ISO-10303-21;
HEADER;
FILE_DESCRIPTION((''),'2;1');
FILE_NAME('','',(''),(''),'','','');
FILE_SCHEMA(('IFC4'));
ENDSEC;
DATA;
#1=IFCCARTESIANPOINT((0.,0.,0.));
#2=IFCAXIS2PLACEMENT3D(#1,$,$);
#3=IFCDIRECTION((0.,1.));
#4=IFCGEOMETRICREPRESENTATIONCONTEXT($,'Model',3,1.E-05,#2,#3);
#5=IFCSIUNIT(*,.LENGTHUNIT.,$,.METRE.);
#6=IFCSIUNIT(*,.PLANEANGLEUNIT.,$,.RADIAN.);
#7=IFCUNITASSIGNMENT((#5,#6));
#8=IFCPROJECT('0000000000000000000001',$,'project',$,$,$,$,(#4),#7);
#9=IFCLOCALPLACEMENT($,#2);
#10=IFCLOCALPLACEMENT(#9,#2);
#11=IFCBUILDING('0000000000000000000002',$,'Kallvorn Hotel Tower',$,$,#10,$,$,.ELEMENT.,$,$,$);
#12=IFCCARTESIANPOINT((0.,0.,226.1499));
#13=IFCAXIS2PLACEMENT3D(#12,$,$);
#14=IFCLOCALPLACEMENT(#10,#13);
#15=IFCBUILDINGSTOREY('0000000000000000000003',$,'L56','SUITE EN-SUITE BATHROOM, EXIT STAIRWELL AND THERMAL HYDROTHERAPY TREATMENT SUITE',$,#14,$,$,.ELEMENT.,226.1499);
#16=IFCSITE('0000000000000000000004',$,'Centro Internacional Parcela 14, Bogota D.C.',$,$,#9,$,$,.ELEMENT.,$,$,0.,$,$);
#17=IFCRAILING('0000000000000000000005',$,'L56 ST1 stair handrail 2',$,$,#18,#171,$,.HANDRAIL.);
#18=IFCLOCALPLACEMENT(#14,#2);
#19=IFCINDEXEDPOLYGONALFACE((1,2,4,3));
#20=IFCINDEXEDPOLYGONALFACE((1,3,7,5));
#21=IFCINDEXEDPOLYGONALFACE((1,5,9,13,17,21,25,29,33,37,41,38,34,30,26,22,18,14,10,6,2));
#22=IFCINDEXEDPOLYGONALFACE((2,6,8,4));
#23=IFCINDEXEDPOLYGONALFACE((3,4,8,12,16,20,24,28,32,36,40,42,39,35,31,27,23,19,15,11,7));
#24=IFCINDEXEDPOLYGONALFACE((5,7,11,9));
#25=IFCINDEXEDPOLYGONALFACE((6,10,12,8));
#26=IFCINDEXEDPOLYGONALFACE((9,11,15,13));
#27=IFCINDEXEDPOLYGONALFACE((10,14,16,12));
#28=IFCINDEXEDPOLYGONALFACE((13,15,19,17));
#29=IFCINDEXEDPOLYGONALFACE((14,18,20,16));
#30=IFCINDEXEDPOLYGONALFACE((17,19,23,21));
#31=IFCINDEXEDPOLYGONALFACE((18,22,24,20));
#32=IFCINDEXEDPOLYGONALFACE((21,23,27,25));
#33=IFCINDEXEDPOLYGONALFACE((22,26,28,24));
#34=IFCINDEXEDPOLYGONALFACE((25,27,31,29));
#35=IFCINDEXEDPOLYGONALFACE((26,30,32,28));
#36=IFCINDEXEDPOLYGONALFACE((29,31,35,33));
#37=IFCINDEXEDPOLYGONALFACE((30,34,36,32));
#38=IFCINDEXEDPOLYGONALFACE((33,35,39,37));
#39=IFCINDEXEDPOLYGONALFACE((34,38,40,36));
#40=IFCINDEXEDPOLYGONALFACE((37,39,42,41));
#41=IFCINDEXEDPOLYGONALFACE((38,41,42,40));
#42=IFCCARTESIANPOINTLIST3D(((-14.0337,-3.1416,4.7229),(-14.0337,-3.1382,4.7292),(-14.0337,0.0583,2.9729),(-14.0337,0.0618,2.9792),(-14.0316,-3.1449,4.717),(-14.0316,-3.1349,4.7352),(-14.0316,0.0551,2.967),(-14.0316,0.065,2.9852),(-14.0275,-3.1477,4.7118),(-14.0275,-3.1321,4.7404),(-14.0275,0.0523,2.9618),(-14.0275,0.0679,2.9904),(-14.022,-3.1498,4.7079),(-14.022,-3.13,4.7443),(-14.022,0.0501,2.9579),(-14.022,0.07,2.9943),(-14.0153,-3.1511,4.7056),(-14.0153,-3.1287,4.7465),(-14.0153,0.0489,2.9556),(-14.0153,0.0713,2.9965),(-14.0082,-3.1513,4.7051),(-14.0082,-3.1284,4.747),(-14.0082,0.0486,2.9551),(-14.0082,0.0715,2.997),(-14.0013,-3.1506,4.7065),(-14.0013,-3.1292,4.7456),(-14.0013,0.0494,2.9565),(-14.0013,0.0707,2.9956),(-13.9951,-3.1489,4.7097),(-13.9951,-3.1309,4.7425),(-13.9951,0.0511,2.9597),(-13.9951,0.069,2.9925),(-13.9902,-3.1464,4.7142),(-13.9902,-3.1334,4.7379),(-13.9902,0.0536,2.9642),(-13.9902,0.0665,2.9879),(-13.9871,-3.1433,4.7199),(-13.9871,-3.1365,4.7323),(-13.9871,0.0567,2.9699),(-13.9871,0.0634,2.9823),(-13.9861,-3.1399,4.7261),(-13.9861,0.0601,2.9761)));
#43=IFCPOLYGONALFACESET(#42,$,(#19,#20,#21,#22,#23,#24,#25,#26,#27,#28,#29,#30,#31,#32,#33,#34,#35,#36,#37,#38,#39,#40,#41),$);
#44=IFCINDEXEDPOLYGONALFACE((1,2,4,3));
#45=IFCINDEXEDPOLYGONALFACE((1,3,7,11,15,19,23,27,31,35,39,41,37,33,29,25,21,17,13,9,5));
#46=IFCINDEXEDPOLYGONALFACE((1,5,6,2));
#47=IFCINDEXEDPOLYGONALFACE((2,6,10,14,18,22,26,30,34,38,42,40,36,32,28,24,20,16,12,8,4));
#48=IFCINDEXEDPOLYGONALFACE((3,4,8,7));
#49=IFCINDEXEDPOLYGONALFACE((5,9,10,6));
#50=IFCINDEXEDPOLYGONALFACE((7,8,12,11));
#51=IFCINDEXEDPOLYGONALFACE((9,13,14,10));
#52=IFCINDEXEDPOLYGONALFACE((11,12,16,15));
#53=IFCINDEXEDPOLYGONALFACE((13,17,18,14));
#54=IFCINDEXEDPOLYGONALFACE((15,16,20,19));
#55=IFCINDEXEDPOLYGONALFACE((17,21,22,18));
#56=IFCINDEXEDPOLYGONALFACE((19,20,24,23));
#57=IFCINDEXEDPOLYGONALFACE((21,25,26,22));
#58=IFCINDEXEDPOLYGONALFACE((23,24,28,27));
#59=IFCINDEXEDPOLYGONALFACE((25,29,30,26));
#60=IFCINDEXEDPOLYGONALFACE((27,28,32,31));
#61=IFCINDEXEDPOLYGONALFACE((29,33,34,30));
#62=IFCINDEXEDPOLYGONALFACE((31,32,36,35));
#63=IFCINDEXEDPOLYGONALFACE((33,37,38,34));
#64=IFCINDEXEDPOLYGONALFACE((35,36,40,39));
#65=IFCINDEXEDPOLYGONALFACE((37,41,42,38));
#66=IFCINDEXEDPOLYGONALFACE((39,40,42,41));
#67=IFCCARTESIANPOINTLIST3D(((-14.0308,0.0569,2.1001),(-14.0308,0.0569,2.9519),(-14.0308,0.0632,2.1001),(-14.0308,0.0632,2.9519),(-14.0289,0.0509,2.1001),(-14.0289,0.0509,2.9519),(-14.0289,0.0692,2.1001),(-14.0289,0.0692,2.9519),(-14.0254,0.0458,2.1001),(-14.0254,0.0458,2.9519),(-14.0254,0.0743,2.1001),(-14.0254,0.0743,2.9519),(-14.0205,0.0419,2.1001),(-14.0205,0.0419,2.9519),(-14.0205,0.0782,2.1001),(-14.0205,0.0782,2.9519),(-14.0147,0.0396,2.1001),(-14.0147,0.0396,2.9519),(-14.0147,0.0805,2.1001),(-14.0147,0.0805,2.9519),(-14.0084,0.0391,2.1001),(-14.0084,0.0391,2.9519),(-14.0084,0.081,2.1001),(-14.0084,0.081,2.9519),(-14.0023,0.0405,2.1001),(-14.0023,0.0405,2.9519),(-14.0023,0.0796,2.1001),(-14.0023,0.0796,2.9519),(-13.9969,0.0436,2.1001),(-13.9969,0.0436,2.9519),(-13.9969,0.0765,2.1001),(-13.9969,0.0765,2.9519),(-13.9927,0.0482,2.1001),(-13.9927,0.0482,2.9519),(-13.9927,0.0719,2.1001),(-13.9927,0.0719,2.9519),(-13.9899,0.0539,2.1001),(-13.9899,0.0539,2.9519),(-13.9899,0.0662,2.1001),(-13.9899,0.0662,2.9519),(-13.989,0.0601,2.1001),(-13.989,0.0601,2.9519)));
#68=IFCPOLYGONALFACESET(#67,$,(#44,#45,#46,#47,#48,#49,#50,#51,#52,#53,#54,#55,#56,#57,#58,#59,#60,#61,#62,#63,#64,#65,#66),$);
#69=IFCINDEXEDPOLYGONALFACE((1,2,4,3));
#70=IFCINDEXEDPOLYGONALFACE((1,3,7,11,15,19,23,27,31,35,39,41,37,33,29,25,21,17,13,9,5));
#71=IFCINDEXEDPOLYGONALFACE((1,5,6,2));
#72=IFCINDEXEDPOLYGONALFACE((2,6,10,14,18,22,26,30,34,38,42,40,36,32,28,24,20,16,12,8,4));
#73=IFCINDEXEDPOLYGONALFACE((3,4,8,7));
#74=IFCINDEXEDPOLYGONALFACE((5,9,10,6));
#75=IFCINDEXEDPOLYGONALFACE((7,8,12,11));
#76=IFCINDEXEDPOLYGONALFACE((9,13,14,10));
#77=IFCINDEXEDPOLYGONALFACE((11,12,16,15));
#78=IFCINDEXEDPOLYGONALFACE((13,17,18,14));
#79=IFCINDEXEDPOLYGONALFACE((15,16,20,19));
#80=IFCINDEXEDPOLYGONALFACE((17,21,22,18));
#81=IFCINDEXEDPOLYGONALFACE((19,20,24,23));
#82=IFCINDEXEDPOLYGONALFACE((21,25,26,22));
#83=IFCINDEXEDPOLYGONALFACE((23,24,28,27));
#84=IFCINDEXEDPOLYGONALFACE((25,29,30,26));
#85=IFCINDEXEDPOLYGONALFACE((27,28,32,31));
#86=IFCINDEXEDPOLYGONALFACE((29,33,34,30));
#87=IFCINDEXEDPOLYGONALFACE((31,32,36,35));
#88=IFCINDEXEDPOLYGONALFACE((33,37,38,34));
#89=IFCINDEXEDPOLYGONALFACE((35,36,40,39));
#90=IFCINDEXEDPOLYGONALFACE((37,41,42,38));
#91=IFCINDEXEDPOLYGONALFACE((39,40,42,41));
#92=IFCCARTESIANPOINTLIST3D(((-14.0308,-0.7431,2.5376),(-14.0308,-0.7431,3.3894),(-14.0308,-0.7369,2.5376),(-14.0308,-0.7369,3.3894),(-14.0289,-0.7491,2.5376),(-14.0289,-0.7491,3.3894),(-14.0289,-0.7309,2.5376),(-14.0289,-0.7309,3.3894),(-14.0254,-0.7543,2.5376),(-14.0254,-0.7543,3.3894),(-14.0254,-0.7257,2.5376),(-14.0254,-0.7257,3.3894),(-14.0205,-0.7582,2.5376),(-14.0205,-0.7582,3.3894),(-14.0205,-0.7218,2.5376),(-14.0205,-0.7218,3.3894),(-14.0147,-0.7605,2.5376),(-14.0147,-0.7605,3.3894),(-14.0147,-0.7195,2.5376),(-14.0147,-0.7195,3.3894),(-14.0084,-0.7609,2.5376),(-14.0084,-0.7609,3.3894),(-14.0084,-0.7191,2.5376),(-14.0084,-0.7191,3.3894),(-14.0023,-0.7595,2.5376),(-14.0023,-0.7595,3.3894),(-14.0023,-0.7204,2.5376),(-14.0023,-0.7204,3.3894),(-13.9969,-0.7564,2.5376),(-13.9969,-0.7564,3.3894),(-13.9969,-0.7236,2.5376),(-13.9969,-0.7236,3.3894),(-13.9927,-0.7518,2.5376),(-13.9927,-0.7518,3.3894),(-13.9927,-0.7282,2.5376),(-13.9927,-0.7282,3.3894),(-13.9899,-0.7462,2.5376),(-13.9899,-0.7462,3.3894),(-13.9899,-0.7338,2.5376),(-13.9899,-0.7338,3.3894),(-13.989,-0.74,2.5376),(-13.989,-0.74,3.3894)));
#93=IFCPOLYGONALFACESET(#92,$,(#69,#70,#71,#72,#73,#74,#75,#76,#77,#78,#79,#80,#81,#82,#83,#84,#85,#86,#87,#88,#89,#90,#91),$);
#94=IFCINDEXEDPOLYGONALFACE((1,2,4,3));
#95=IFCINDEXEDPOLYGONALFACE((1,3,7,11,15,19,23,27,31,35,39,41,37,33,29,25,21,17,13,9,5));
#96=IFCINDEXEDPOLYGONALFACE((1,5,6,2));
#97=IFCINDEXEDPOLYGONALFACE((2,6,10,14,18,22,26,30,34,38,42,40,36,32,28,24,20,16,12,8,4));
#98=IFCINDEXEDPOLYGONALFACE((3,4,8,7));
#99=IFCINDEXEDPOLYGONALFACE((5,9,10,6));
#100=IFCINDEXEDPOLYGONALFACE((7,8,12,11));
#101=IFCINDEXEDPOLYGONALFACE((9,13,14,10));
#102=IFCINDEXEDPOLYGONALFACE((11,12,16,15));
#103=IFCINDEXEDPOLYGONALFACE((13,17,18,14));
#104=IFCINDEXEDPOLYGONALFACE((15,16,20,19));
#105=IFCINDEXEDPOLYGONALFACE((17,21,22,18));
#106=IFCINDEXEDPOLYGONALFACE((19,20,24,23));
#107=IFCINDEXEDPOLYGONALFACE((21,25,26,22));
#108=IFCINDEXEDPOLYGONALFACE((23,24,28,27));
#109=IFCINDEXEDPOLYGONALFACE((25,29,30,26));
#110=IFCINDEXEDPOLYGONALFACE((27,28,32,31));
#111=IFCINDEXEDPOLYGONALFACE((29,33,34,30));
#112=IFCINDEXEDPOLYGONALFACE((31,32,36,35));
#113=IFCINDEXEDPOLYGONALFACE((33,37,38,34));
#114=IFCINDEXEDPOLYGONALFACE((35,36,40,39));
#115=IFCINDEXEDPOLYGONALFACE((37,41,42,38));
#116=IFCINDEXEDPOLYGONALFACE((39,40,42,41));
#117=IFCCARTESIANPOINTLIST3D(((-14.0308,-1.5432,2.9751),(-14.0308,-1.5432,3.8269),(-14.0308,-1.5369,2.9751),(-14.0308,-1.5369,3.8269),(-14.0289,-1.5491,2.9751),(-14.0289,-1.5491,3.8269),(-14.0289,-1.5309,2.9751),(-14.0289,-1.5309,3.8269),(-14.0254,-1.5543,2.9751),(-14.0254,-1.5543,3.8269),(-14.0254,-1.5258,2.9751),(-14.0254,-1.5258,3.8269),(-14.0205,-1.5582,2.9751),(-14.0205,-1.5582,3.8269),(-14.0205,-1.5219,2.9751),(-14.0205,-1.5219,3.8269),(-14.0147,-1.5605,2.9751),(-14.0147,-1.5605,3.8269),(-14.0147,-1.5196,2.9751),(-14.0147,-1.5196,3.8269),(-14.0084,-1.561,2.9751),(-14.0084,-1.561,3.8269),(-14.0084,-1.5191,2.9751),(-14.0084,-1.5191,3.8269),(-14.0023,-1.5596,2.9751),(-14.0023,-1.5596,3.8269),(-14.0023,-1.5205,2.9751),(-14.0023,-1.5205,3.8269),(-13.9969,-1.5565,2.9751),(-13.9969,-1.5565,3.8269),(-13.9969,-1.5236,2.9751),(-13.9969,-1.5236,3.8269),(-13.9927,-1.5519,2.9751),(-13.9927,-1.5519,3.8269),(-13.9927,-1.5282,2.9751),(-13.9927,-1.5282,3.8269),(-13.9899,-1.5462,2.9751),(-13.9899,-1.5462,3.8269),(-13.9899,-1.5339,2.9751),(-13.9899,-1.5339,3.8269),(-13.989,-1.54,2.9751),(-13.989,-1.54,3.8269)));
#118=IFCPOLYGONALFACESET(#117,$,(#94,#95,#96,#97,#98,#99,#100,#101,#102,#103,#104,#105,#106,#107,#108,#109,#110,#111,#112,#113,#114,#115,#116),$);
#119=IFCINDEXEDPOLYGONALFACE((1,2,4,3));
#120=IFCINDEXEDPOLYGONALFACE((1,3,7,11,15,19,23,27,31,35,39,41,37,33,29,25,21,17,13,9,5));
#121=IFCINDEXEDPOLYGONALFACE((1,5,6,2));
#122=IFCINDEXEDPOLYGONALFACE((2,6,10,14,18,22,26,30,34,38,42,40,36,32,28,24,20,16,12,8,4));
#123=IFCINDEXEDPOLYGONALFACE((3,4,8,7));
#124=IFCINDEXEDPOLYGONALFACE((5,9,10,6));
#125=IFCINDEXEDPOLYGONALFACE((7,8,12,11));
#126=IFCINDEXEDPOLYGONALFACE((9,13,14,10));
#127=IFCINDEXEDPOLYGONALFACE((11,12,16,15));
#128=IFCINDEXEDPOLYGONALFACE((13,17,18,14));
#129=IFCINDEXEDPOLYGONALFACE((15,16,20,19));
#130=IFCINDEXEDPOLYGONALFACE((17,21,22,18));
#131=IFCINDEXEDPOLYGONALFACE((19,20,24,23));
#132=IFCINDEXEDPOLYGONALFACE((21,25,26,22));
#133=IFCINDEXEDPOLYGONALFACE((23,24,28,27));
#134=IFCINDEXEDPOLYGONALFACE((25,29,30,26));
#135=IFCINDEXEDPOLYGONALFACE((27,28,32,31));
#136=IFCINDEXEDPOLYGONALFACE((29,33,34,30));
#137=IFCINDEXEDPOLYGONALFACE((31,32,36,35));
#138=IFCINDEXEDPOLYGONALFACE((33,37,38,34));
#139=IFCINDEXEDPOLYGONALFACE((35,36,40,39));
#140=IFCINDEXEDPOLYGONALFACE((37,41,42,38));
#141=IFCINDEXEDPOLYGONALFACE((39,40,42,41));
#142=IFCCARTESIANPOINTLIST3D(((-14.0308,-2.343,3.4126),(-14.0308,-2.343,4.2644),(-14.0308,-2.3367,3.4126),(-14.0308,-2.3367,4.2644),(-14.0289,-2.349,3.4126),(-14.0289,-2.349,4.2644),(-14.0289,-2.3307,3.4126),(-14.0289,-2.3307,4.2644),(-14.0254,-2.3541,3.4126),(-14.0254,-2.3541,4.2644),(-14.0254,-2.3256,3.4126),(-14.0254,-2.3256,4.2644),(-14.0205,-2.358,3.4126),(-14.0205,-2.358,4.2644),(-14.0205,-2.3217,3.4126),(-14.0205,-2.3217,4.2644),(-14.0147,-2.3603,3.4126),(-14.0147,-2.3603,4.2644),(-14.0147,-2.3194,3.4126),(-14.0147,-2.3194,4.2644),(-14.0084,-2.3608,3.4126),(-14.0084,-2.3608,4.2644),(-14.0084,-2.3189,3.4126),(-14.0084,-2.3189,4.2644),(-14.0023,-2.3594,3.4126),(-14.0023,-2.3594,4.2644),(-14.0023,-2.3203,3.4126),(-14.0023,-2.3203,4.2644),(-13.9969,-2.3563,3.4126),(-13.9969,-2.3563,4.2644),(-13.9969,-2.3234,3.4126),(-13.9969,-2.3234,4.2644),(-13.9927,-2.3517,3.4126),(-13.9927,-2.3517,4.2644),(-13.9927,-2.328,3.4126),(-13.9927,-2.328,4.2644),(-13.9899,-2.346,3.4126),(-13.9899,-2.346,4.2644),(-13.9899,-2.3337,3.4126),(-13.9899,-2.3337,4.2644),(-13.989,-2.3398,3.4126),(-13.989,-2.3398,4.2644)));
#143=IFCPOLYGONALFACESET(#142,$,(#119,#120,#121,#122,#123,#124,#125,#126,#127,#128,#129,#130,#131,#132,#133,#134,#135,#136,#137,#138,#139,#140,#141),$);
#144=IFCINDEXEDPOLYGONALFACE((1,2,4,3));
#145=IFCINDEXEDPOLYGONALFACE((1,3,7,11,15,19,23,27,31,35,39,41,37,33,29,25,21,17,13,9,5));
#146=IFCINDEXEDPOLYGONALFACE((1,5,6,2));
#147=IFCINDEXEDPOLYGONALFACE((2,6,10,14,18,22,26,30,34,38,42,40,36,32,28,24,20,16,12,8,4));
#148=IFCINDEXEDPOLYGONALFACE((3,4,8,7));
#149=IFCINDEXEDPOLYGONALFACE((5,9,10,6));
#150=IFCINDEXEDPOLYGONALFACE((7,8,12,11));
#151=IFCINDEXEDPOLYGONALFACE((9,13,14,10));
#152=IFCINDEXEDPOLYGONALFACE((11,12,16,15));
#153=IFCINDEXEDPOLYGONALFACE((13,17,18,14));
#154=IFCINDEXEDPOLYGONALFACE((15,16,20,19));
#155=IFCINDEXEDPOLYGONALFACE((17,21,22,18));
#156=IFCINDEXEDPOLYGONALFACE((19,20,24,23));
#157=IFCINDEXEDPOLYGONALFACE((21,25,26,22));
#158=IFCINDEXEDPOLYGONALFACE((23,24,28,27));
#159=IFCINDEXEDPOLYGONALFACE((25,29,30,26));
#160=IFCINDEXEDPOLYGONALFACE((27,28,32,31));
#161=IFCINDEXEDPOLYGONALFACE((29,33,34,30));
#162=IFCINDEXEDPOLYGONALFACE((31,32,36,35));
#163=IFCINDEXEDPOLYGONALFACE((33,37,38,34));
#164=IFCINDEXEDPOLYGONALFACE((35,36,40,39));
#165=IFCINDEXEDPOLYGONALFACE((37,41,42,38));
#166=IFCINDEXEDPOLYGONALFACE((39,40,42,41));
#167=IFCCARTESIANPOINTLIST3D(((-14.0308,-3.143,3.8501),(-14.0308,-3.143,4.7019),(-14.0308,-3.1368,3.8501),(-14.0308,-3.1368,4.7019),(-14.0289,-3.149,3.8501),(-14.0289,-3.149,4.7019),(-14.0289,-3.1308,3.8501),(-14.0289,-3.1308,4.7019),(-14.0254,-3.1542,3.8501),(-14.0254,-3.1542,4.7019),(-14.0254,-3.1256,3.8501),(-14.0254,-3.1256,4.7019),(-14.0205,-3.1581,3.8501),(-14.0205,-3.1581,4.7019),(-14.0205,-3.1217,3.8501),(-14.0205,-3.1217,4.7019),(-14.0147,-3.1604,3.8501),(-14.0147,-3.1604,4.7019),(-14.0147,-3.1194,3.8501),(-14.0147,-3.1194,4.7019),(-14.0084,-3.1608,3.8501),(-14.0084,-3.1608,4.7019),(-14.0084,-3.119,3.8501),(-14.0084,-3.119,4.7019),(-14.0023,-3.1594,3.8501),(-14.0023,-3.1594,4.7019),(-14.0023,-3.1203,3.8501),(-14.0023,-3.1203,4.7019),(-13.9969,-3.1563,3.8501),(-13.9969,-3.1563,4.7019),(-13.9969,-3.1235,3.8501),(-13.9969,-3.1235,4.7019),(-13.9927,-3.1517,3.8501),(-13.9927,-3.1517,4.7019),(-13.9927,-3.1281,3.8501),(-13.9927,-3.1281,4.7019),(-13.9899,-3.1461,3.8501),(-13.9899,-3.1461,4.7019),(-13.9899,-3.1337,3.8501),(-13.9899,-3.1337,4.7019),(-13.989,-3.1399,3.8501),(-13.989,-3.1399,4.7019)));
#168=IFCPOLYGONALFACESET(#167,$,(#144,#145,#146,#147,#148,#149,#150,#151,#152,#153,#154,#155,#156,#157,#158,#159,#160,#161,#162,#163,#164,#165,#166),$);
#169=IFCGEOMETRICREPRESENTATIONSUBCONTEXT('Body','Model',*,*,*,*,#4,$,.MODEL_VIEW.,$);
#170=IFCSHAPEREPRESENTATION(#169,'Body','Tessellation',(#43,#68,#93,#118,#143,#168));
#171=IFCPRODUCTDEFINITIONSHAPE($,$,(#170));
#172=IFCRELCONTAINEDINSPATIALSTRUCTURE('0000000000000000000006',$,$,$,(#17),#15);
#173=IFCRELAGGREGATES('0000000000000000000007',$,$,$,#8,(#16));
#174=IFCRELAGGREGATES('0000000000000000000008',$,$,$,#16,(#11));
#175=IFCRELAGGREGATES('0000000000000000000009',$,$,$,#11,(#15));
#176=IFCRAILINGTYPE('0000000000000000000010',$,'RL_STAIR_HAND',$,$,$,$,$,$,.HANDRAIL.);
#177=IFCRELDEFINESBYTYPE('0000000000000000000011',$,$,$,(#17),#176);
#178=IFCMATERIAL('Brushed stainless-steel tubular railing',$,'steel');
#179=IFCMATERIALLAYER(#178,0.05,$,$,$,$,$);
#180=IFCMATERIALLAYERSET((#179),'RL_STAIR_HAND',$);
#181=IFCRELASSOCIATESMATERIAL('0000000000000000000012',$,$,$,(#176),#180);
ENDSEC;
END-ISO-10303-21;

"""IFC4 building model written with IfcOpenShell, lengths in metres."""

from ifc_helpers import new_model, si_unit, direction, frame, origin, origin_2d, place, context, subcontext, project, spatial, circle, extrude, material, layer, layer_set, type_object, element, save


model = new_model("IFC4")

# Units and contexts
model_context = context("Model", 3, precision=1e-05, world=origin(), true_north=direction((0.0, 1.0)))
body_context = subcontext(model_context, "Body", "Model", "MODEL_VIEW")
ifc_project = project(units=[si_unit("LENGTHUNIT", "METRE"), si_unit("PLANEANGLEUNIT", "RADIAN")], contexts=[model_context])

# Site, building, storey
site_placement = place(None, origin())
site = spatial("IfcSite", under=ifc_project, at=site_placement, Name="Centro Internacional Parcela 14, Bogota D.C.", CompositionType="ELEMENT", RefElevation=0.0)
building_placement = place(site_placement, origin())
building = spatial("IfcBuilding", under=site, at=building_placement, Name="Kallvorn Hotel Tower", CompositionType="ELEMENT")
storey_placement = place(building_placement, frame((0.0, 0.0, 226.1499)))
storey = spatial("IfcBuildingStorey", under=building, at=storey_placement, Name="L56", Description="SUITE EN-SUITE BATHROOM, EXIT STAIRWELL AND THERMAL HYDROTHERAPY TREATMENT SUITE", CompositionType="ELEMENT", Elevation=226.1499)

# Railing
ifc_material_1 = material(Name="Brushed stainless-steel tubular railing", Category="steel")
ifc_layer_1 = layer(ifc_material_1, 0.05)
ifc_layer_set_1 = layer_set([ifc_layer_1], Name="RL_STAIR_HAND")
railing_type_1 = type_object("IfcRailingType", Name="RL_STAIR_HAND", PredefinedType="HANDRAIL", material=ifc_layer_set_1)
railing_1_placement = place(storey_placement, frame((-14.01, 0.0601, 2.1001)))
element("IfcRailing", 1, at=railing_1_placement, inside=storey, type_object=railing_type_1, Name="L56 ST1 stair handrail 2", PredefinedType="HANDRAIL", context=body_context, shape_type="SweptSolid", body=[
    extrude(circle(Radius=0.0239, at=origin_2d()), frame((0.0, 0.0, 0.876), z_axis=(0.0, -0.877368, 0.479818), x_axis=(1.0, 0.0, 0.0)), (0.0, 0.0, 1.0), 3.6472),
    extrude(circle(Radius=0.021, at=origin_2d()), origin(), (0.0, 0.0, 1.0), 0.8518),
    extrude(circle(Radius=0.021, at=origin_2d()), frame((0.0, -0.8, 0.4375)), (0.0, 0.0, 1.0), 0.8518),
    extrude(circle(Radius=0.021, at=origin_2d()), frame((0.0, -1.6001, 0.875)), (0.0, 0.0, 1.0), 0.8518),
    extrude(circle(Radius=0.021, at=origin_2d()), frame((0.0, -2.3999, 1.3125)), (0.0, 0.0, 1.0), 0.8518),
    extrude(circle(Radius=0.021, at=origin_2d()), frame((0.0, -3.2, 1.75)), (0.0, 0.0, 1.0), 0.8518),
])

save(model, "model.ifc")
